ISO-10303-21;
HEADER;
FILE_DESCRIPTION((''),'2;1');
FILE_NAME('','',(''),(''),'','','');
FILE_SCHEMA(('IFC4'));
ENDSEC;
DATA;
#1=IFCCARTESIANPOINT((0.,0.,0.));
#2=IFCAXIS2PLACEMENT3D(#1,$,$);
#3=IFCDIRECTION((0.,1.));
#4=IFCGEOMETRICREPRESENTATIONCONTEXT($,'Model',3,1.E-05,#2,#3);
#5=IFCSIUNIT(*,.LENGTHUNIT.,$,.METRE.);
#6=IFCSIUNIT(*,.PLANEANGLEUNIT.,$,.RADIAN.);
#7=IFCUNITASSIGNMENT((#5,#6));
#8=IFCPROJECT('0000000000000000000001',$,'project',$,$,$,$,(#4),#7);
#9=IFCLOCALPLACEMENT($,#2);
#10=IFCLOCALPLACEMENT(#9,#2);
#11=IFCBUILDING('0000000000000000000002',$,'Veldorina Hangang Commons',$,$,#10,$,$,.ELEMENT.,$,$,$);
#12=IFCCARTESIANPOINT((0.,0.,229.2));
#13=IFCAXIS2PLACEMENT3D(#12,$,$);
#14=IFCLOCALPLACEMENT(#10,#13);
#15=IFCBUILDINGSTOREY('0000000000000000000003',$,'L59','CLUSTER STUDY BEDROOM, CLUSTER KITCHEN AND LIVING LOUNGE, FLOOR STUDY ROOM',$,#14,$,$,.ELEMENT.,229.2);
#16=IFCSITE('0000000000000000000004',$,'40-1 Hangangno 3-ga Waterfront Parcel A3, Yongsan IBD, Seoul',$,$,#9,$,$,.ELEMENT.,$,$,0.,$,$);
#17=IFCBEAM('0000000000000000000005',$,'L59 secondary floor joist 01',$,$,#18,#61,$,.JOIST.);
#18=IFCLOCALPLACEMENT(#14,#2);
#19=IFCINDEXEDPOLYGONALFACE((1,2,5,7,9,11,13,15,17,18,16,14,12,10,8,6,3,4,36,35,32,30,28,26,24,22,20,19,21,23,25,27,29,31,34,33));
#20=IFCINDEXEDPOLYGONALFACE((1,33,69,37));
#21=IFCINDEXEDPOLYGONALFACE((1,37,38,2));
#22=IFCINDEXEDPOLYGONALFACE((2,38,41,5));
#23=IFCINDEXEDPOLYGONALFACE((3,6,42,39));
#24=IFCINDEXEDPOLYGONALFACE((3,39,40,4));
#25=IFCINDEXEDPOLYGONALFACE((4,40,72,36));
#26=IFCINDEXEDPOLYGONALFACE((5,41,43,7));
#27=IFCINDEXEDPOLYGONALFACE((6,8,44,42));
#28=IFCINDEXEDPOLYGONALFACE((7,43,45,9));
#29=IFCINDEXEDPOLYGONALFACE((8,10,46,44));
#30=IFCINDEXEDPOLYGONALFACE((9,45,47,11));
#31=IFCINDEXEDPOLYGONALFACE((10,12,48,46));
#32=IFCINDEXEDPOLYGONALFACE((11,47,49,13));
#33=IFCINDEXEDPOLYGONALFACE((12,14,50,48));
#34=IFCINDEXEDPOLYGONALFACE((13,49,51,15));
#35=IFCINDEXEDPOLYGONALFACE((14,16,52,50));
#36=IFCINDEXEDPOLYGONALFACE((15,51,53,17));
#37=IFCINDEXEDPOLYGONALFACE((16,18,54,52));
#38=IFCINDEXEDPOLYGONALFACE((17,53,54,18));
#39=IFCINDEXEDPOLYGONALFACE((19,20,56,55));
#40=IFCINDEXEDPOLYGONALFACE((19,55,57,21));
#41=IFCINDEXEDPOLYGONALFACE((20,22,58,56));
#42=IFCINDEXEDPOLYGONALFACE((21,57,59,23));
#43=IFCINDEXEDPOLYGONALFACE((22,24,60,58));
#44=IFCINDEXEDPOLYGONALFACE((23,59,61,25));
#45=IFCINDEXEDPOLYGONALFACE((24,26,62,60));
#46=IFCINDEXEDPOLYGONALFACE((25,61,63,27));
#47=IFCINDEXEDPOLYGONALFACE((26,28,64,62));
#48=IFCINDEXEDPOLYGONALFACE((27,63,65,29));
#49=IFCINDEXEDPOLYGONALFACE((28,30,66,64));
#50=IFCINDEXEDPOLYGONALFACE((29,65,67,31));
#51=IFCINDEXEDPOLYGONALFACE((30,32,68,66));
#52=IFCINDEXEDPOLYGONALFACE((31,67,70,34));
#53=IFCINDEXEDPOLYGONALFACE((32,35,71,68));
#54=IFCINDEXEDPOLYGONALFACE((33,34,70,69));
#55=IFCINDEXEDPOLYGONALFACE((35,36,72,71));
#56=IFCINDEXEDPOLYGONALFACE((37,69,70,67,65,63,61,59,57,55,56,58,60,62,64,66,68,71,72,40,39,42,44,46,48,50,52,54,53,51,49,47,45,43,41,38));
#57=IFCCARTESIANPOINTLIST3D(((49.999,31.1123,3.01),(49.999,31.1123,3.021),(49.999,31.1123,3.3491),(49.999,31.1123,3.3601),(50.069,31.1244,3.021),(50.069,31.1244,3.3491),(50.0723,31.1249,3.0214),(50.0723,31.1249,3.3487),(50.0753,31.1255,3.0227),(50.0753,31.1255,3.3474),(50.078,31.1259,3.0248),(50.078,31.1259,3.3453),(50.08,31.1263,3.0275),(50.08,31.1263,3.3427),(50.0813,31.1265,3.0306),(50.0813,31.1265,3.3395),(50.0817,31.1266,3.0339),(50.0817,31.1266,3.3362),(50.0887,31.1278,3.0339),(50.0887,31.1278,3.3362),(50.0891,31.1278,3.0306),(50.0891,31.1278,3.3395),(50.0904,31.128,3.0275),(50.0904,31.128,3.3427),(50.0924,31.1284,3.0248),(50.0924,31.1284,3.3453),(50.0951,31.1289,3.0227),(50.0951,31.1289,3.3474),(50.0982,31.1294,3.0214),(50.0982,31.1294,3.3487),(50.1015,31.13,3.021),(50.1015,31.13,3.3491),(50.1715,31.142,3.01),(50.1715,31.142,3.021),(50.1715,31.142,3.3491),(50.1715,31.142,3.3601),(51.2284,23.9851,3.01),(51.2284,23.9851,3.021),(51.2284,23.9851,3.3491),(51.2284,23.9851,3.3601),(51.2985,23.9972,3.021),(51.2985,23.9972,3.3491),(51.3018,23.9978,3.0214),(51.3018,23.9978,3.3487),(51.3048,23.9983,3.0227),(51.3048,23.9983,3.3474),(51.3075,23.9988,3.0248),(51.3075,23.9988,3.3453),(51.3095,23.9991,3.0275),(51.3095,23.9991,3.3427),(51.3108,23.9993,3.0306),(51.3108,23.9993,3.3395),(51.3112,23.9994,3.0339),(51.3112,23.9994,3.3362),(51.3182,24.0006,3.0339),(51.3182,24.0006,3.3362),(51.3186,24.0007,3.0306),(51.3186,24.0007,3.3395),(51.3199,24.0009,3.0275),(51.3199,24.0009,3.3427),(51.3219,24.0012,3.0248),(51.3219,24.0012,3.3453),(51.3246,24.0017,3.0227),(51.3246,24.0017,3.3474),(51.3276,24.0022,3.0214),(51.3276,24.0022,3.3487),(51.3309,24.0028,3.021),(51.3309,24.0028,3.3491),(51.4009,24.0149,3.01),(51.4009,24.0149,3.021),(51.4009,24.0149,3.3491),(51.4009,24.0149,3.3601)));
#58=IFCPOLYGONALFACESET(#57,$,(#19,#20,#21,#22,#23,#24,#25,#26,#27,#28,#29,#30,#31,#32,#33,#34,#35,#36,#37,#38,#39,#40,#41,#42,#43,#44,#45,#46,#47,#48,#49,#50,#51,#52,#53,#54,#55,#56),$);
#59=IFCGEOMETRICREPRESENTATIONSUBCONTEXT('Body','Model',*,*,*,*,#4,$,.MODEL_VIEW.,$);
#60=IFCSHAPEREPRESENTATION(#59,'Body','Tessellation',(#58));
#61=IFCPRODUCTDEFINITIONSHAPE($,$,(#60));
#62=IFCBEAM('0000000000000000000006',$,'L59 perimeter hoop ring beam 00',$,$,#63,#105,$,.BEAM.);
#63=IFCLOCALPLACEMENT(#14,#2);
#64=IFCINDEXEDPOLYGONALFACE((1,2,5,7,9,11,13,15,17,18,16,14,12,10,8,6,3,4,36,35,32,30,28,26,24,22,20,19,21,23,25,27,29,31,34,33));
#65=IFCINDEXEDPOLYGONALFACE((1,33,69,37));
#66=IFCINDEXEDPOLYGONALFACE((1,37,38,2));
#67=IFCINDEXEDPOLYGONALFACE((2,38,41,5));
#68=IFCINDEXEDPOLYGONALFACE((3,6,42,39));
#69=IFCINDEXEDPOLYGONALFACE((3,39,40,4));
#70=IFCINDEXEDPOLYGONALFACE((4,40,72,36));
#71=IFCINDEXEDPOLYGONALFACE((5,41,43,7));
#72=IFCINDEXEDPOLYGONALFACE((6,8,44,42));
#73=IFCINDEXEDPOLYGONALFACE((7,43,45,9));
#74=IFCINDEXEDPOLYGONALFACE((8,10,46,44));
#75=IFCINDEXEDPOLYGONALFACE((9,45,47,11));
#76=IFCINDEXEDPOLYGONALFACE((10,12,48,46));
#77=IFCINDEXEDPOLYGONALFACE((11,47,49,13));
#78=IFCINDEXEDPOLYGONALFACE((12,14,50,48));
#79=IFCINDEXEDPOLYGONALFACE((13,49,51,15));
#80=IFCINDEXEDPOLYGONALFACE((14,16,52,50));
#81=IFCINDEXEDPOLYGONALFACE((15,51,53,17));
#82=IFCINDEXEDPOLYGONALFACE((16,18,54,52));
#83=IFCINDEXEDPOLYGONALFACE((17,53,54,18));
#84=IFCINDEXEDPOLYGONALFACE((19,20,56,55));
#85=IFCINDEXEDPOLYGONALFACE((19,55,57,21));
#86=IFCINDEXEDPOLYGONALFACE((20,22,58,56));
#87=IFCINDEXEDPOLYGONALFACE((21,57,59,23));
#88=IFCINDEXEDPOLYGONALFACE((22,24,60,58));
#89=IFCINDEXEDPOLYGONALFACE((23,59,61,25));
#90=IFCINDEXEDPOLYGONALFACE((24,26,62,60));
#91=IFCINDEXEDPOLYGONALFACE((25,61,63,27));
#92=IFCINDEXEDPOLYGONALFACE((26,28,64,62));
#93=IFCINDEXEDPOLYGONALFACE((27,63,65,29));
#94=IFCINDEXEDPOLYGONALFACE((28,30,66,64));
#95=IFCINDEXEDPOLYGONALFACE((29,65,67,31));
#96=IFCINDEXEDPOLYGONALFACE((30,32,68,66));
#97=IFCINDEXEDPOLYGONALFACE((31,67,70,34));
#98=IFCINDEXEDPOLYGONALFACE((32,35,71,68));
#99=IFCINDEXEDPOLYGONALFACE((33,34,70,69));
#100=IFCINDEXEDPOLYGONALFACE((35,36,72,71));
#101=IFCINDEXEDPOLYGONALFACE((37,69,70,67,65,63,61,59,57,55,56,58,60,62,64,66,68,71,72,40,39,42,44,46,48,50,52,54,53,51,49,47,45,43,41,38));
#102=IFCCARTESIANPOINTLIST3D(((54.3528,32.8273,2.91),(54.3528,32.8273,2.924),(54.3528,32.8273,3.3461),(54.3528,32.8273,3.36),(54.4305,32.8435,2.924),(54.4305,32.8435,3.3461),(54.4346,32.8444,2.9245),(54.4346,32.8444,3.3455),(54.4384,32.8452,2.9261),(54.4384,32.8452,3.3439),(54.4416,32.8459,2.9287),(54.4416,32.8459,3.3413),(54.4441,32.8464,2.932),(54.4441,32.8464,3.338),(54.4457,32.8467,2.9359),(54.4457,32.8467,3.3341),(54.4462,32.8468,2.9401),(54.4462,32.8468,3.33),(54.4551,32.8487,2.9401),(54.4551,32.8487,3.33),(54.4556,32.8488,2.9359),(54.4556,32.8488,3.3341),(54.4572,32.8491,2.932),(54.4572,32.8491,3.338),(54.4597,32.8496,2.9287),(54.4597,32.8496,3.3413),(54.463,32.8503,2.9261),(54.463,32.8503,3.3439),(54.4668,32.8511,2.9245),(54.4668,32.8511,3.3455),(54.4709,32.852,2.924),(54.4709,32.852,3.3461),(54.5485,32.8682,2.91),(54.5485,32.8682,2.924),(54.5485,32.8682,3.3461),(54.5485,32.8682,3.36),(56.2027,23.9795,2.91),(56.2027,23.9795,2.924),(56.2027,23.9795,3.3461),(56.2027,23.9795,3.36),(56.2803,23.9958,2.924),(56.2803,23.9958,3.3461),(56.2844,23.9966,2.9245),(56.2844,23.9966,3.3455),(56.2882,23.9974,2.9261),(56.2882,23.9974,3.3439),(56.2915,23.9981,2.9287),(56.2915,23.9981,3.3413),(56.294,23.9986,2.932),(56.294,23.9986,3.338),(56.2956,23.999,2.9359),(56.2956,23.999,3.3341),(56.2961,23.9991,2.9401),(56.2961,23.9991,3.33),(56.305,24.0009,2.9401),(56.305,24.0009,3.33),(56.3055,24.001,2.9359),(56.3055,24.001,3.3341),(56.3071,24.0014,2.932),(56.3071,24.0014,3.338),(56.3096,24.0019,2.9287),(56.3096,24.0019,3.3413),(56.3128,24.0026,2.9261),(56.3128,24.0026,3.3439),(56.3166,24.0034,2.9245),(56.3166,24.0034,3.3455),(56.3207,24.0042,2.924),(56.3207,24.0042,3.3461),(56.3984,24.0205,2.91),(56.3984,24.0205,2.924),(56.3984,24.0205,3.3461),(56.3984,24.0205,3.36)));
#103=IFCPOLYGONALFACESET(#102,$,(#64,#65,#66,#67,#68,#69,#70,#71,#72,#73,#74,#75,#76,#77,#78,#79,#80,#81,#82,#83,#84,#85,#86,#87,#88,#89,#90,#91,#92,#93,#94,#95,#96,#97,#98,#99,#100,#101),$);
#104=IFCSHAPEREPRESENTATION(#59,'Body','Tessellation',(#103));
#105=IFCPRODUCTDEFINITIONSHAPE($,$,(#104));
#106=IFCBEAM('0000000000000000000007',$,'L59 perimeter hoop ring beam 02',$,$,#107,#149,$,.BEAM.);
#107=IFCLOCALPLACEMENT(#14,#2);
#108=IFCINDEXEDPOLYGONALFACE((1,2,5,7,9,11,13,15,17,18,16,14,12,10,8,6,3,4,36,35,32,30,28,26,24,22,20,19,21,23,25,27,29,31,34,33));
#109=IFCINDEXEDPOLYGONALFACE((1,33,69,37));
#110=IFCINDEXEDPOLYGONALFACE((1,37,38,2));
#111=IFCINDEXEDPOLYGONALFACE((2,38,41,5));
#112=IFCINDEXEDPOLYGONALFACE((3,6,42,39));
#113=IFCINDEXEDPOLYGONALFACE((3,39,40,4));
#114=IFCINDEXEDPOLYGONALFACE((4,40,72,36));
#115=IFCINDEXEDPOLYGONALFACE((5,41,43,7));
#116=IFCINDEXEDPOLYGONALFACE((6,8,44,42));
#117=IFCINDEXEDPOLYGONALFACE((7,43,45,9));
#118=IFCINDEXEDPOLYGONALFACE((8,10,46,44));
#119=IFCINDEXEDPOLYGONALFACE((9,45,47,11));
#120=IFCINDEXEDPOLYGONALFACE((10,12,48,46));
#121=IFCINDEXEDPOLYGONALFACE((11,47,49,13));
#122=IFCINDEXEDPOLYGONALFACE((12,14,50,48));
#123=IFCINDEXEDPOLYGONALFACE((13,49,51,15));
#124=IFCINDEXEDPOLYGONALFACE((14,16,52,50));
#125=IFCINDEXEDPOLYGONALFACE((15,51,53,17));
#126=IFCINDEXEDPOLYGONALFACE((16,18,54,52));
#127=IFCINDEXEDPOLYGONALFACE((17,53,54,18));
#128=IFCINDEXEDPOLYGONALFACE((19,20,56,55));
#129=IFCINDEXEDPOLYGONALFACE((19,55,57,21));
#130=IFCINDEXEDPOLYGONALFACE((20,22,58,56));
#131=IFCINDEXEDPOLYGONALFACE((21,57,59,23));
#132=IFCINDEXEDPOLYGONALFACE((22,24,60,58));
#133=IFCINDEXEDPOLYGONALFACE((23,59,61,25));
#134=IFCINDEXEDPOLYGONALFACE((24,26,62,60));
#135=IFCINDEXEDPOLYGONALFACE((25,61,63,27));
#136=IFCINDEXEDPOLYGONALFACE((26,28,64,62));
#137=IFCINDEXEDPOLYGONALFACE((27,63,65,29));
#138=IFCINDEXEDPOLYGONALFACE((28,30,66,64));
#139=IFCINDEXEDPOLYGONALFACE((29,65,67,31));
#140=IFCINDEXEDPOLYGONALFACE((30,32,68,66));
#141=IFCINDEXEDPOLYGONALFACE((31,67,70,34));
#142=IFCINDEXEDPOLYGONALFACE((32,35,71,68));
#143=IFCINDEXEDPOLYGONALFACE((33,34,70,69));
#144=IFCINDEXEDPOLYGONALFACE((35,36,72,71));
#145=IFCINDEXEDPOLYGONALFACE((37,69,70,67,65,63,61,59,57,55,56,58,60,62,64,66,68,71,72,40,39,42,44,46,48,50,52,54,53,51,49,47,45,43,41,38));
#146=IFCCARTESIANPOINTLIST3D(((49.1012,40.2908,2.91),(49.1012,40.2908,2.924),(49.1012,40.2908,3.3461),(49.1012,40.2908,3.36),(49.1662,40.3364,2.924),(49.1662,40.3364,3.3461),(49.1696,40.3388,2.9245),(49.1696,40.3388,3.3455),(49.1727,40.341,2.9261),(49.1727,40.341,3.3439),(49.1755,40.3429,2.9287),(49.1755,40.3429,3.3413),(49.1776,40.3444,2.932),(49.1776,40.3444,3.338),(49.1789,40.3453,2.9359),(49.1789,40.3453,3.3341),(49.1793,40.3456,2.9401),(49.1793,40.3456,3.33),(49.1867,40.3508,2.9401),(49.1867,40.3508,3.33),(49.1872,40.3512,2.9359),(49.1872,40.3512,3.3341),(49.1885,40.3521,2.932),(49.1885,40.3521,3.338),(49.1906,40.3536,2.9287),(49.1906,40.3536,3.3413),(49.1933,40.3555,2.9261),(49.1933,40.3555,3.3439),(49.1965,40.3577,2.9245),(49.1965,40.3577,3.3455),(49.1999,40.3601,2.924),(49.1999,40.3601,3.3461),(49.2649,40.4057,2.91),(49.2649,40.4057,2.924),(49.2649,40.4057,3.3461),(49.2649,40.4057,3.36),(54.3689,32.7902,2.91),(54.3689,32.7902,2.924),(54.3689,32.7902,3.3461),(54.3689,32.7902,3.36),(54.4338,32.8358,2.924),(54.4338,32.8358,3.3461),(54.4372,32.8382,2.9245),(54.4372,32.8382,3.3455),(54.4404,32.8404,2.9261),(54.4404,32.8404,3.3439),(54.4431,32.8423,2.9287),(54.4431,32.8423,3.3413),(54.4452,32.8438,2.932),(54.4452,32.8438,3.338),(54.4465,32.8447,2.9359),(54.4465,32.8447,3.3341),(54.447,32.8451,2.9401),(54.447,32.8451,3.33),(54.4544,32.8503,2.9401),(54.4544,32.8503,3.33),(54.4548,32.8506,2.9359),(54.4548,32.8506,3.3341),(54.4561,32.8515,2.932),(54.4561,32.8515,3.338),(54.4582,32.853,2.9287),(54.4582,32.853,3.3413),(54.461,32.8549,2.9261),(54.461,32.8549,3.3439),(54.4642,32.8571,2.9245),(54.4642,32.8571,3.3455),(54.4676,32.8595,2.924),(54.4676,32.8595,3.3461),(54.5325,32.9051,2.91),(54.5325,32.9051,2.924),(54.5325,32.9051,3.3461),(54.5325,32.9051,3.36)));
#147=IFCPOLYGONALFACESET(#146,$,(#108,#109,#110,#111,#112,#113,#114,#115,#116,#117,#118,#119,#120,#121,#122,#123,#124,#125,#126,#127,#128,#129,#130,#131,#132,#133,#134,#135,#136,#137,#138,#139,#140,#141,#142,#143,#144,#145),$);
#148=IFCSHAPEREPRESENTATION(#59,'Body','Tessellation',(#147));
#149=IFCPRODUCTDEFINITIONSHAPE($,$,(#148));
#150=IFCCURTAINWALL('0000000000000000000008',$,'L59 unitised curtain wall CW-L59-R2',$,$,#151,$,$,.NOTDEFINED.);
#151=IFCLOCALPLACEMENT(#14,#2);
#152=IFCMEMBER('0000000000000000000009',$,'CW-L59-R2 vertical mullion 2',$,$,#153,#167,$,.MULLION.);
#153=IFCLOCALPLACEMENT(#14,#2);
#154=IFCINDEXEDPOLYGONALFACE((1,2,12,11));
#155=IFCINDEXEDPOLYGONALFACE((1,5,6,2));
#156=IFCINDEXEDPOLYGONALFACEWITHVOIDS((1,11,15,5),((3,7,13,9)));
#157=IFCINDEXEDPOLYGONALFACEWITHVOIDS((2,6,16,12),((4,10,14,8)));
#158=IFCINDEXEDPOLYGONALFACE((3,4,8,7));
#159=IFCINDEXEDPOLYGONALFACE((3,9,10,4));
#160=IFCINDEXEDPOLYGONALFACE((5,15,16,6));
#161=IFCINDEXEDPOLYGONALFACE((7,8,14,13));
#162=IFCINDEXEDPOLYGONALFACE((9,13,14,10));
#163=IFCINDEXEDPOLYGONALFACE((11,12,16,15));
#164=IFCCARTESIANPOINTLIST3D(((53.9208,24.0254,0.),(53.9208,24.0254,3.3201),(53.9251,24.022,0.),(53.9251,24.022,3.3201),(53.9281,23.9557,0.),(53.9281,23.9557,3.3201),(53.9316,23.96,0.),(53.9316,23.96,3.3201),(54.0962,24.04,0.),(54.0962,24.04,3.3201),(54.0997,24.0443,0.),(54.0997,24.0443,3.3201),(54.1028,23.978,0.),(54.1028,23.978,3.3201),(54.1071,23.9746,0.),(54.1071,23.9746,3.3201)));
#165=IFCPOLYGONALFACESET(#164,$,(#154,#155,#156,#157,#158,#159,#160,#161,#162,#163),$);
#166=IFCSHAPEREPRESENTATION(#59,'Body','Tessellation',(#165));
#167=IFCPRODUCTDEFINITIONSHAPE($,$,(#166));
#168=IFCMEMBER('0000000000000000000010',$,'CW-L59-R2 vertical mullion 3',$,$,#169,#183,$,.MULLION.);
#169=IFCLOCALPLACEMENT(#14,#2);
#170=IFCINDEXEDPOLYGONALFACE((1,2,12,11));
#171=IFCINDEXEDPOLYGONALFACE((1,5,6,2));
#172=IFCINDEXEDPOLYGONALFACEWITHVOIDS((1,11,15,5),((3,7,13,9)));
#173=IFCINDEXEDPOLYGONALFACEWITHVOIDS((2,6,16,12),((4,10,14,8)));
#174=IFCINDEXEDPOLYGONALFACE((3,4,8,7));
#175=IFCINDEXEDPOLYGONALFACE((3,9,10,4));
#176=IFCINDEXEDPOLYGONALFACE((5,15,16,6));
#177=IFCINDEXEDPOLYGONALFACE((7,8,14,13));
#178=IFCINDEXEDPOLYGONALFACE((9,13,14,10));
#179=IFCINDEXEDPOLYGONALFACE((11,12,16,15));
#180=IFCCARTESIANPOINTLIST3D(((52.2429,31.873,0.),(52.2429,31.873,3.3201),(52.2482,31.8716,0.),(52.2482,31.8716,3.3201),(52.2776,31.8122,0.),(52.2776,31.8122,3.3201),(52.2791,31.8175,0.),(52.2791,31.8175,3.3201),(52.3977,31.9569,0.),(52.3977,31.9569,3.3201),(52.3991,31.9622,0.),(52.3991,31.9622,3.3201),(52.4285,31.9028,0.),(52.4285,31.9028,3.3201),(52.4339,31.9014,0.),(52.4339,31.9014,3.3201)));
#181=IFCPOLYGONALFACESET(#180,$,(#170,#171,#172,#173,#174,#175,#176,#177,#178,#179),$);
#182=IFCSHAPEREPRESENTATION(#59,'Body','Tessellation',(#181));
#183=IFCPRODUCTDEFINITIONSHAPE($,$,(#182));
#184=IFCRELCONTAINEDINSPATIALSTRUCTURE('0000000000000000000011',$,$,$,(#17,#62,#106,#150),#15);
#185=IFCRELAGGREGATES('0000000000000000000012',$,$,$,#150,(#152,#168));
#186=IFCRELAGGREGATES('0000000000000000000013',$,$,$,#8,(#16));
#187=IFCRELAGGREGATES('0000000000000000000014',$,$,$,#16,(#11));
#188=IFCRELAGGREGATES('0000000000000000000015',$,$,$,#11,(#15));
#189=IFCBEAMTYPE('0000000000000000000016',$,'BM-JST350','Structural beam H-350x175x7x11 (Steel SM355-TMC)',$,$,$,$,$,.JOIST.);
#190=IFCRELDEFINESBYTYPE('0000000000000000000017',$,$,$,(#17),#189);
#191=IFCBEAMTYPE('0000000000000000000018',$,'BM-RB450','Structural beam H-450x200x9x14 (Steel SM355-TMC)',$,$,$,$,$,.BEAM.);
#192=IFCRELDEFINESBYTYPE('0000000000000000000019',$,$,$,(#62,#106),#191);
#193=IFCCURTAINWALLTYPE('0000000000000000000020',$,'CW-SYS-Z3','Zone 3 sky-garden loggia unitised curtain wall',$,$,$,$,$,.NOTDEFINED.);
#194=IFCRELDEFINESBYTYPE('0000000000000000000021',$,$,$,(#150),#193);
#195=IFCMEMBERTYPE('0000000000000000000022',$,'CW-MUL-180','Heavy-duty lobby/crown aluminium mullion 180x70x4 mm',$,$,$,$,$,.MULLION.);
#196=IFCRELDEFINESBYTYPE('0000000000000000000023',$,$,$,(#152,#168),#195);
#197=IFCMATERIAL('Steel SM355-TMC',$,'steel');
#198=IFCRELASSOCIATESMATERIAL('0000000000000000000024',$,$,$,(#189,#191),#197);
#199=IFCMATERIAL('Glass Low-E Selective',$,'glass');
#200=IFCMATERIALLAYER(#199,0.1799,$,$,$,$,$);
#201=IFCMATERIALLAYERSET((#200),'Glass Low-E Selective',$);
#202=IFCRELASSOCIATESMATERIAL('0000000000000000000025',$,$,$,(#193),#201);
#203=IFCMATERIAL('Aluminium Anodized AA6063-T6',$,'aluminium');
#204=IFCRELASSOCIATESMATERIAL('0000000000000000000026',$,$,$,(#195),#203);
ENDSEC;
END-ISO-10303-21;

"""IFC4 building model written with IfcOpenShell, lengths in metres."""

from ifc_helpers import new_model, si_unit, direction, frame, origin, origin_2d, place, context, subcontext, project, spatial, hollow_rectangle, i_section, extrude, material, layer, layer_set, material_profile, profile_set, type_object, element, aggregate, save


model = new_model("IFC4")

# Units and contexts
model_context = context("Model", 3, precision=1e-05, world=origin(), true_north=direction((0.0, 1.0)))
body_context = subcontext(model_context, "Body", "Model", "MODEL_VIEW")
ifc_project = project(units=[si_unit("LENGTHUNIT", "METRE"), si_unit("PLANEANGLEUNIT", "RADIAN")], contexts=[model_context])

# Site, building, storey
site_placement = place(None, origin())
site = spatial("IfcSite", under=ifc_project, at=site_placement, Name="40-1 Hangangno 3-ga Waterfront Parcel A3, Yongsan IBD, Seoul", CompositionType="ELEMENT", RefElevation=0.0)
building_placement = place(site_placement, origin())
building = spatial("IfcBuilding", under=site, at=building_placement, Name="Veldorina Hangang Commons", CompositionType="ELEMENT")
storey_placement = place(building_placement, frame((0.0, 0.0, 229.2)))
storey = spatial("IfcBuildingStorey", under=building, at=storey_placement, Name="L59", Description="CLUSTER STUDY BEDROOM, CLUSTER KITCHEN AND LIVING LOUNGE, FLOOR STUDY ROOM", CompositionType="ELEMENT", Elevation=229.2)

# Beams
ifc_material_1 = material(Name="Steel SM355-TMC", Category="steel")
ifc_material_profile_1 = material_profile(ifc_material_1, i_section(OverallWidth=0.175, OverallDepth=0.3501, WebThickness=0.0071, FlangeThickness=0.011, FilletRadius=0.0129, at=origin_2d()), Name="H-350x175x7x11")
ifc_profile_set_1 = profile_set([ifc_material_profile_1], Name="Steel SM355-TMC")
beam_type_1 = type_object("IfcBeamType", Name="BM-JST350", Description="Structural beam H-350x175x7x11 (Steel SM355-TMC)", PredefinedType="JOIST", material=ifc_profile_set_1)
beam_1_placement = place(storey_placement, frame((51.3147, 24.0, 3.1851), z_axis=(-0.169996, 0.985445, 0.0), x_axis=(-0.985445, -0.169996, 0.0)))
element("IfcBeam", 1, at=beam_1_placement, inside=storey, type_object=beam_type_1, Name="L59 secondary floor joist 01", PredefinedType="JOIST", context=body_context, shape_type="SweptSolid", body=[
    extrude(i_section(OverallWidth=0.175, OverallDepth=0.3501, WebThickness=0.0071, FlangeThickness=0.011, FilletRadius=0.0129, at=origin_2d()), origin(), (0.0, 0.0, 1.0), 7.2324),
])
ifc_material_profile_2 = material_profile(ifc_material_1, i_section(OverallWidth=0.2, OverallDepth=0.45, WebThickness=0.009, FlangeThickness=0.0139, FilletRadius=0.0161, at=origin_2d()), Name="H-450x200x9x14")
ifc_profile_set_2 = profile_set([ifc_material_profile_2], Name="Steel SM355-TMC")
beam_type_2 = type_object("IfcBeamType", Name="BM-RB450", Description="Structural beam H-450x200x9x14 (Steel SM355-TMC)", PredefinedType="BEAM", material=ifc_profile_set_2)
beam_2_placement = place(storey_placement, frame((56.3005, 24.0, 3.135), z_axis=(-0.204653, 0.978835, 0.0), x_axis=(-0.978835, -0.204653, 0.0)))
element("IfcBeam", 2, at=beam_2_placement, inside=storey, type_object=beam_type_2, Name="L59 perimeter hoop ring beam 00", PredefinedType="BEAM", context=body_context, shape_type="SweptSolid", body=[
    extrude(i_section(OverallWidth=0.2, OverallDepth=0.45, WebThickness=0.009, FlangeThickness=0.0139, FilletRadius=0.0161, at=origin_2d()), origin(), (0.0, 0.0, 1.0), 9.0391),
])
beam_3_placement = place(storey_placement, frame((54.4507, 32.8477, 3.135), z_axis=(-0.574724, 0.818347, 0.0), x_axis=(-0.818347, -0.574724, 0.0)))
element("IfcBeam", 3, at=beam_3_placement, inside=storey, type_object=beam_type_2, Name="L59 perimeter hoop ring beam 02", PredefinedType="BEAM", context=body_context, shape_type="SweptSolid", body=[
    extrude(i_section(OverallWidth=0.2, OverallDepth=0.45, WebThickness=0.009, FlangeThickness=0.0139, FilletRadius=0.0161, at=origin_2d()), origin(), (0.0, 0.0, 1.0), 9.1655),
])

# Curtain wall, members
ifc_material_2 = material(Name="Glass Low-E Selective", Category="glass")
ifc_layer_1 = layer(ifc_material_2, 0.1799)
ifc_layer_set_1 = layer_set([ifc_layer_1], Name="Glass Low-E Selective")
curtain_wall_type = type_object("IfcCurtainWallType", Name="CW-SYS-Z3", Description="Zone 3 sky-garden loggia unitised curtain wall", PredefinedType="NOTDEFINED", material=ifc_layer_set_1)
curtain_wall_placement = place(storey_placement, origin())
curtain_wall = element("IfcCurtainWall", 4, at=curtain_wall_placement, inside=storey, type_object=curtain_wall_type, Name="L59 unitised curtain wall CW-L59-R2", PredefinedType="NOTDEFINED")
ifc_material_3 = material(Name="Aluminium Anodized AA6063-T6", Category="aluminium")
ifc_material_profile_3 = material_profile(ifc_material_3, hollow_rectangle(XDim=0.0701, YDim=0.1799, WallThickness=0.0039, at=origin_2d()), Name="ALU-RHS-180x70x4")
ifc_profile_set_3 = profile_set([ifc_material_profile_3], Name="Aluminium Anodized AA6063-T6")
member_type_1 = type_object("IfcMemberType", Name="CW-MUL-180", Description="Heavy-duty lobby/crown aluminium mullion 180x70x4 mm", PredefinedType="MULLION", material=ifc_profile_set_3)
member_1_placement = place(storey_placement, frame((54.0139, 24.0, 0.0), z_axis=(0.0, 0.0, 1.0), x_axis=(-0.104615, 0.994513, 0.0)))
member_1 = element("IfcMember", 5, at=member_1_placement, type_object=member_type_1, Name="CW-L59-R2 vertical mullion 2", PredefinedType="MULLION", context=body_context, shape_type="SweptSolid", body=[
    extrude(hollow_rectangle(XDim=0.0701, YDim=0.1799, WallThickness=0.0039, at=origin_2d()), origin(), (0.0, 0.0, 1.0), 3.3201),
])
member_2_placement = place(storey_placement, frame((52.3384, 31.8872, 0.0), z_axis=(0.0, 0.0, 1.0), x_axis=(-0.495792, 0.868441, 0.0)))
member_2 = element("IfcMember", 6, at=member_2_placement, type_object=member_type_1, Name="CW-L59-R2 vertical mullion 3", PredefinedType="MULLION", context=body_context, shape_type="SweptSolid", body=[
    extrude(hollow_rectangle(XDim=0.0701, YDim=0.1799, WallThickness=0.0039, at=origin_2d()), origin(), (0.0, 0.0, 1.0), 3.3201),
])

aggregate(curtain_wall, [member_1, member_2])

save(model, "model.ifc")
